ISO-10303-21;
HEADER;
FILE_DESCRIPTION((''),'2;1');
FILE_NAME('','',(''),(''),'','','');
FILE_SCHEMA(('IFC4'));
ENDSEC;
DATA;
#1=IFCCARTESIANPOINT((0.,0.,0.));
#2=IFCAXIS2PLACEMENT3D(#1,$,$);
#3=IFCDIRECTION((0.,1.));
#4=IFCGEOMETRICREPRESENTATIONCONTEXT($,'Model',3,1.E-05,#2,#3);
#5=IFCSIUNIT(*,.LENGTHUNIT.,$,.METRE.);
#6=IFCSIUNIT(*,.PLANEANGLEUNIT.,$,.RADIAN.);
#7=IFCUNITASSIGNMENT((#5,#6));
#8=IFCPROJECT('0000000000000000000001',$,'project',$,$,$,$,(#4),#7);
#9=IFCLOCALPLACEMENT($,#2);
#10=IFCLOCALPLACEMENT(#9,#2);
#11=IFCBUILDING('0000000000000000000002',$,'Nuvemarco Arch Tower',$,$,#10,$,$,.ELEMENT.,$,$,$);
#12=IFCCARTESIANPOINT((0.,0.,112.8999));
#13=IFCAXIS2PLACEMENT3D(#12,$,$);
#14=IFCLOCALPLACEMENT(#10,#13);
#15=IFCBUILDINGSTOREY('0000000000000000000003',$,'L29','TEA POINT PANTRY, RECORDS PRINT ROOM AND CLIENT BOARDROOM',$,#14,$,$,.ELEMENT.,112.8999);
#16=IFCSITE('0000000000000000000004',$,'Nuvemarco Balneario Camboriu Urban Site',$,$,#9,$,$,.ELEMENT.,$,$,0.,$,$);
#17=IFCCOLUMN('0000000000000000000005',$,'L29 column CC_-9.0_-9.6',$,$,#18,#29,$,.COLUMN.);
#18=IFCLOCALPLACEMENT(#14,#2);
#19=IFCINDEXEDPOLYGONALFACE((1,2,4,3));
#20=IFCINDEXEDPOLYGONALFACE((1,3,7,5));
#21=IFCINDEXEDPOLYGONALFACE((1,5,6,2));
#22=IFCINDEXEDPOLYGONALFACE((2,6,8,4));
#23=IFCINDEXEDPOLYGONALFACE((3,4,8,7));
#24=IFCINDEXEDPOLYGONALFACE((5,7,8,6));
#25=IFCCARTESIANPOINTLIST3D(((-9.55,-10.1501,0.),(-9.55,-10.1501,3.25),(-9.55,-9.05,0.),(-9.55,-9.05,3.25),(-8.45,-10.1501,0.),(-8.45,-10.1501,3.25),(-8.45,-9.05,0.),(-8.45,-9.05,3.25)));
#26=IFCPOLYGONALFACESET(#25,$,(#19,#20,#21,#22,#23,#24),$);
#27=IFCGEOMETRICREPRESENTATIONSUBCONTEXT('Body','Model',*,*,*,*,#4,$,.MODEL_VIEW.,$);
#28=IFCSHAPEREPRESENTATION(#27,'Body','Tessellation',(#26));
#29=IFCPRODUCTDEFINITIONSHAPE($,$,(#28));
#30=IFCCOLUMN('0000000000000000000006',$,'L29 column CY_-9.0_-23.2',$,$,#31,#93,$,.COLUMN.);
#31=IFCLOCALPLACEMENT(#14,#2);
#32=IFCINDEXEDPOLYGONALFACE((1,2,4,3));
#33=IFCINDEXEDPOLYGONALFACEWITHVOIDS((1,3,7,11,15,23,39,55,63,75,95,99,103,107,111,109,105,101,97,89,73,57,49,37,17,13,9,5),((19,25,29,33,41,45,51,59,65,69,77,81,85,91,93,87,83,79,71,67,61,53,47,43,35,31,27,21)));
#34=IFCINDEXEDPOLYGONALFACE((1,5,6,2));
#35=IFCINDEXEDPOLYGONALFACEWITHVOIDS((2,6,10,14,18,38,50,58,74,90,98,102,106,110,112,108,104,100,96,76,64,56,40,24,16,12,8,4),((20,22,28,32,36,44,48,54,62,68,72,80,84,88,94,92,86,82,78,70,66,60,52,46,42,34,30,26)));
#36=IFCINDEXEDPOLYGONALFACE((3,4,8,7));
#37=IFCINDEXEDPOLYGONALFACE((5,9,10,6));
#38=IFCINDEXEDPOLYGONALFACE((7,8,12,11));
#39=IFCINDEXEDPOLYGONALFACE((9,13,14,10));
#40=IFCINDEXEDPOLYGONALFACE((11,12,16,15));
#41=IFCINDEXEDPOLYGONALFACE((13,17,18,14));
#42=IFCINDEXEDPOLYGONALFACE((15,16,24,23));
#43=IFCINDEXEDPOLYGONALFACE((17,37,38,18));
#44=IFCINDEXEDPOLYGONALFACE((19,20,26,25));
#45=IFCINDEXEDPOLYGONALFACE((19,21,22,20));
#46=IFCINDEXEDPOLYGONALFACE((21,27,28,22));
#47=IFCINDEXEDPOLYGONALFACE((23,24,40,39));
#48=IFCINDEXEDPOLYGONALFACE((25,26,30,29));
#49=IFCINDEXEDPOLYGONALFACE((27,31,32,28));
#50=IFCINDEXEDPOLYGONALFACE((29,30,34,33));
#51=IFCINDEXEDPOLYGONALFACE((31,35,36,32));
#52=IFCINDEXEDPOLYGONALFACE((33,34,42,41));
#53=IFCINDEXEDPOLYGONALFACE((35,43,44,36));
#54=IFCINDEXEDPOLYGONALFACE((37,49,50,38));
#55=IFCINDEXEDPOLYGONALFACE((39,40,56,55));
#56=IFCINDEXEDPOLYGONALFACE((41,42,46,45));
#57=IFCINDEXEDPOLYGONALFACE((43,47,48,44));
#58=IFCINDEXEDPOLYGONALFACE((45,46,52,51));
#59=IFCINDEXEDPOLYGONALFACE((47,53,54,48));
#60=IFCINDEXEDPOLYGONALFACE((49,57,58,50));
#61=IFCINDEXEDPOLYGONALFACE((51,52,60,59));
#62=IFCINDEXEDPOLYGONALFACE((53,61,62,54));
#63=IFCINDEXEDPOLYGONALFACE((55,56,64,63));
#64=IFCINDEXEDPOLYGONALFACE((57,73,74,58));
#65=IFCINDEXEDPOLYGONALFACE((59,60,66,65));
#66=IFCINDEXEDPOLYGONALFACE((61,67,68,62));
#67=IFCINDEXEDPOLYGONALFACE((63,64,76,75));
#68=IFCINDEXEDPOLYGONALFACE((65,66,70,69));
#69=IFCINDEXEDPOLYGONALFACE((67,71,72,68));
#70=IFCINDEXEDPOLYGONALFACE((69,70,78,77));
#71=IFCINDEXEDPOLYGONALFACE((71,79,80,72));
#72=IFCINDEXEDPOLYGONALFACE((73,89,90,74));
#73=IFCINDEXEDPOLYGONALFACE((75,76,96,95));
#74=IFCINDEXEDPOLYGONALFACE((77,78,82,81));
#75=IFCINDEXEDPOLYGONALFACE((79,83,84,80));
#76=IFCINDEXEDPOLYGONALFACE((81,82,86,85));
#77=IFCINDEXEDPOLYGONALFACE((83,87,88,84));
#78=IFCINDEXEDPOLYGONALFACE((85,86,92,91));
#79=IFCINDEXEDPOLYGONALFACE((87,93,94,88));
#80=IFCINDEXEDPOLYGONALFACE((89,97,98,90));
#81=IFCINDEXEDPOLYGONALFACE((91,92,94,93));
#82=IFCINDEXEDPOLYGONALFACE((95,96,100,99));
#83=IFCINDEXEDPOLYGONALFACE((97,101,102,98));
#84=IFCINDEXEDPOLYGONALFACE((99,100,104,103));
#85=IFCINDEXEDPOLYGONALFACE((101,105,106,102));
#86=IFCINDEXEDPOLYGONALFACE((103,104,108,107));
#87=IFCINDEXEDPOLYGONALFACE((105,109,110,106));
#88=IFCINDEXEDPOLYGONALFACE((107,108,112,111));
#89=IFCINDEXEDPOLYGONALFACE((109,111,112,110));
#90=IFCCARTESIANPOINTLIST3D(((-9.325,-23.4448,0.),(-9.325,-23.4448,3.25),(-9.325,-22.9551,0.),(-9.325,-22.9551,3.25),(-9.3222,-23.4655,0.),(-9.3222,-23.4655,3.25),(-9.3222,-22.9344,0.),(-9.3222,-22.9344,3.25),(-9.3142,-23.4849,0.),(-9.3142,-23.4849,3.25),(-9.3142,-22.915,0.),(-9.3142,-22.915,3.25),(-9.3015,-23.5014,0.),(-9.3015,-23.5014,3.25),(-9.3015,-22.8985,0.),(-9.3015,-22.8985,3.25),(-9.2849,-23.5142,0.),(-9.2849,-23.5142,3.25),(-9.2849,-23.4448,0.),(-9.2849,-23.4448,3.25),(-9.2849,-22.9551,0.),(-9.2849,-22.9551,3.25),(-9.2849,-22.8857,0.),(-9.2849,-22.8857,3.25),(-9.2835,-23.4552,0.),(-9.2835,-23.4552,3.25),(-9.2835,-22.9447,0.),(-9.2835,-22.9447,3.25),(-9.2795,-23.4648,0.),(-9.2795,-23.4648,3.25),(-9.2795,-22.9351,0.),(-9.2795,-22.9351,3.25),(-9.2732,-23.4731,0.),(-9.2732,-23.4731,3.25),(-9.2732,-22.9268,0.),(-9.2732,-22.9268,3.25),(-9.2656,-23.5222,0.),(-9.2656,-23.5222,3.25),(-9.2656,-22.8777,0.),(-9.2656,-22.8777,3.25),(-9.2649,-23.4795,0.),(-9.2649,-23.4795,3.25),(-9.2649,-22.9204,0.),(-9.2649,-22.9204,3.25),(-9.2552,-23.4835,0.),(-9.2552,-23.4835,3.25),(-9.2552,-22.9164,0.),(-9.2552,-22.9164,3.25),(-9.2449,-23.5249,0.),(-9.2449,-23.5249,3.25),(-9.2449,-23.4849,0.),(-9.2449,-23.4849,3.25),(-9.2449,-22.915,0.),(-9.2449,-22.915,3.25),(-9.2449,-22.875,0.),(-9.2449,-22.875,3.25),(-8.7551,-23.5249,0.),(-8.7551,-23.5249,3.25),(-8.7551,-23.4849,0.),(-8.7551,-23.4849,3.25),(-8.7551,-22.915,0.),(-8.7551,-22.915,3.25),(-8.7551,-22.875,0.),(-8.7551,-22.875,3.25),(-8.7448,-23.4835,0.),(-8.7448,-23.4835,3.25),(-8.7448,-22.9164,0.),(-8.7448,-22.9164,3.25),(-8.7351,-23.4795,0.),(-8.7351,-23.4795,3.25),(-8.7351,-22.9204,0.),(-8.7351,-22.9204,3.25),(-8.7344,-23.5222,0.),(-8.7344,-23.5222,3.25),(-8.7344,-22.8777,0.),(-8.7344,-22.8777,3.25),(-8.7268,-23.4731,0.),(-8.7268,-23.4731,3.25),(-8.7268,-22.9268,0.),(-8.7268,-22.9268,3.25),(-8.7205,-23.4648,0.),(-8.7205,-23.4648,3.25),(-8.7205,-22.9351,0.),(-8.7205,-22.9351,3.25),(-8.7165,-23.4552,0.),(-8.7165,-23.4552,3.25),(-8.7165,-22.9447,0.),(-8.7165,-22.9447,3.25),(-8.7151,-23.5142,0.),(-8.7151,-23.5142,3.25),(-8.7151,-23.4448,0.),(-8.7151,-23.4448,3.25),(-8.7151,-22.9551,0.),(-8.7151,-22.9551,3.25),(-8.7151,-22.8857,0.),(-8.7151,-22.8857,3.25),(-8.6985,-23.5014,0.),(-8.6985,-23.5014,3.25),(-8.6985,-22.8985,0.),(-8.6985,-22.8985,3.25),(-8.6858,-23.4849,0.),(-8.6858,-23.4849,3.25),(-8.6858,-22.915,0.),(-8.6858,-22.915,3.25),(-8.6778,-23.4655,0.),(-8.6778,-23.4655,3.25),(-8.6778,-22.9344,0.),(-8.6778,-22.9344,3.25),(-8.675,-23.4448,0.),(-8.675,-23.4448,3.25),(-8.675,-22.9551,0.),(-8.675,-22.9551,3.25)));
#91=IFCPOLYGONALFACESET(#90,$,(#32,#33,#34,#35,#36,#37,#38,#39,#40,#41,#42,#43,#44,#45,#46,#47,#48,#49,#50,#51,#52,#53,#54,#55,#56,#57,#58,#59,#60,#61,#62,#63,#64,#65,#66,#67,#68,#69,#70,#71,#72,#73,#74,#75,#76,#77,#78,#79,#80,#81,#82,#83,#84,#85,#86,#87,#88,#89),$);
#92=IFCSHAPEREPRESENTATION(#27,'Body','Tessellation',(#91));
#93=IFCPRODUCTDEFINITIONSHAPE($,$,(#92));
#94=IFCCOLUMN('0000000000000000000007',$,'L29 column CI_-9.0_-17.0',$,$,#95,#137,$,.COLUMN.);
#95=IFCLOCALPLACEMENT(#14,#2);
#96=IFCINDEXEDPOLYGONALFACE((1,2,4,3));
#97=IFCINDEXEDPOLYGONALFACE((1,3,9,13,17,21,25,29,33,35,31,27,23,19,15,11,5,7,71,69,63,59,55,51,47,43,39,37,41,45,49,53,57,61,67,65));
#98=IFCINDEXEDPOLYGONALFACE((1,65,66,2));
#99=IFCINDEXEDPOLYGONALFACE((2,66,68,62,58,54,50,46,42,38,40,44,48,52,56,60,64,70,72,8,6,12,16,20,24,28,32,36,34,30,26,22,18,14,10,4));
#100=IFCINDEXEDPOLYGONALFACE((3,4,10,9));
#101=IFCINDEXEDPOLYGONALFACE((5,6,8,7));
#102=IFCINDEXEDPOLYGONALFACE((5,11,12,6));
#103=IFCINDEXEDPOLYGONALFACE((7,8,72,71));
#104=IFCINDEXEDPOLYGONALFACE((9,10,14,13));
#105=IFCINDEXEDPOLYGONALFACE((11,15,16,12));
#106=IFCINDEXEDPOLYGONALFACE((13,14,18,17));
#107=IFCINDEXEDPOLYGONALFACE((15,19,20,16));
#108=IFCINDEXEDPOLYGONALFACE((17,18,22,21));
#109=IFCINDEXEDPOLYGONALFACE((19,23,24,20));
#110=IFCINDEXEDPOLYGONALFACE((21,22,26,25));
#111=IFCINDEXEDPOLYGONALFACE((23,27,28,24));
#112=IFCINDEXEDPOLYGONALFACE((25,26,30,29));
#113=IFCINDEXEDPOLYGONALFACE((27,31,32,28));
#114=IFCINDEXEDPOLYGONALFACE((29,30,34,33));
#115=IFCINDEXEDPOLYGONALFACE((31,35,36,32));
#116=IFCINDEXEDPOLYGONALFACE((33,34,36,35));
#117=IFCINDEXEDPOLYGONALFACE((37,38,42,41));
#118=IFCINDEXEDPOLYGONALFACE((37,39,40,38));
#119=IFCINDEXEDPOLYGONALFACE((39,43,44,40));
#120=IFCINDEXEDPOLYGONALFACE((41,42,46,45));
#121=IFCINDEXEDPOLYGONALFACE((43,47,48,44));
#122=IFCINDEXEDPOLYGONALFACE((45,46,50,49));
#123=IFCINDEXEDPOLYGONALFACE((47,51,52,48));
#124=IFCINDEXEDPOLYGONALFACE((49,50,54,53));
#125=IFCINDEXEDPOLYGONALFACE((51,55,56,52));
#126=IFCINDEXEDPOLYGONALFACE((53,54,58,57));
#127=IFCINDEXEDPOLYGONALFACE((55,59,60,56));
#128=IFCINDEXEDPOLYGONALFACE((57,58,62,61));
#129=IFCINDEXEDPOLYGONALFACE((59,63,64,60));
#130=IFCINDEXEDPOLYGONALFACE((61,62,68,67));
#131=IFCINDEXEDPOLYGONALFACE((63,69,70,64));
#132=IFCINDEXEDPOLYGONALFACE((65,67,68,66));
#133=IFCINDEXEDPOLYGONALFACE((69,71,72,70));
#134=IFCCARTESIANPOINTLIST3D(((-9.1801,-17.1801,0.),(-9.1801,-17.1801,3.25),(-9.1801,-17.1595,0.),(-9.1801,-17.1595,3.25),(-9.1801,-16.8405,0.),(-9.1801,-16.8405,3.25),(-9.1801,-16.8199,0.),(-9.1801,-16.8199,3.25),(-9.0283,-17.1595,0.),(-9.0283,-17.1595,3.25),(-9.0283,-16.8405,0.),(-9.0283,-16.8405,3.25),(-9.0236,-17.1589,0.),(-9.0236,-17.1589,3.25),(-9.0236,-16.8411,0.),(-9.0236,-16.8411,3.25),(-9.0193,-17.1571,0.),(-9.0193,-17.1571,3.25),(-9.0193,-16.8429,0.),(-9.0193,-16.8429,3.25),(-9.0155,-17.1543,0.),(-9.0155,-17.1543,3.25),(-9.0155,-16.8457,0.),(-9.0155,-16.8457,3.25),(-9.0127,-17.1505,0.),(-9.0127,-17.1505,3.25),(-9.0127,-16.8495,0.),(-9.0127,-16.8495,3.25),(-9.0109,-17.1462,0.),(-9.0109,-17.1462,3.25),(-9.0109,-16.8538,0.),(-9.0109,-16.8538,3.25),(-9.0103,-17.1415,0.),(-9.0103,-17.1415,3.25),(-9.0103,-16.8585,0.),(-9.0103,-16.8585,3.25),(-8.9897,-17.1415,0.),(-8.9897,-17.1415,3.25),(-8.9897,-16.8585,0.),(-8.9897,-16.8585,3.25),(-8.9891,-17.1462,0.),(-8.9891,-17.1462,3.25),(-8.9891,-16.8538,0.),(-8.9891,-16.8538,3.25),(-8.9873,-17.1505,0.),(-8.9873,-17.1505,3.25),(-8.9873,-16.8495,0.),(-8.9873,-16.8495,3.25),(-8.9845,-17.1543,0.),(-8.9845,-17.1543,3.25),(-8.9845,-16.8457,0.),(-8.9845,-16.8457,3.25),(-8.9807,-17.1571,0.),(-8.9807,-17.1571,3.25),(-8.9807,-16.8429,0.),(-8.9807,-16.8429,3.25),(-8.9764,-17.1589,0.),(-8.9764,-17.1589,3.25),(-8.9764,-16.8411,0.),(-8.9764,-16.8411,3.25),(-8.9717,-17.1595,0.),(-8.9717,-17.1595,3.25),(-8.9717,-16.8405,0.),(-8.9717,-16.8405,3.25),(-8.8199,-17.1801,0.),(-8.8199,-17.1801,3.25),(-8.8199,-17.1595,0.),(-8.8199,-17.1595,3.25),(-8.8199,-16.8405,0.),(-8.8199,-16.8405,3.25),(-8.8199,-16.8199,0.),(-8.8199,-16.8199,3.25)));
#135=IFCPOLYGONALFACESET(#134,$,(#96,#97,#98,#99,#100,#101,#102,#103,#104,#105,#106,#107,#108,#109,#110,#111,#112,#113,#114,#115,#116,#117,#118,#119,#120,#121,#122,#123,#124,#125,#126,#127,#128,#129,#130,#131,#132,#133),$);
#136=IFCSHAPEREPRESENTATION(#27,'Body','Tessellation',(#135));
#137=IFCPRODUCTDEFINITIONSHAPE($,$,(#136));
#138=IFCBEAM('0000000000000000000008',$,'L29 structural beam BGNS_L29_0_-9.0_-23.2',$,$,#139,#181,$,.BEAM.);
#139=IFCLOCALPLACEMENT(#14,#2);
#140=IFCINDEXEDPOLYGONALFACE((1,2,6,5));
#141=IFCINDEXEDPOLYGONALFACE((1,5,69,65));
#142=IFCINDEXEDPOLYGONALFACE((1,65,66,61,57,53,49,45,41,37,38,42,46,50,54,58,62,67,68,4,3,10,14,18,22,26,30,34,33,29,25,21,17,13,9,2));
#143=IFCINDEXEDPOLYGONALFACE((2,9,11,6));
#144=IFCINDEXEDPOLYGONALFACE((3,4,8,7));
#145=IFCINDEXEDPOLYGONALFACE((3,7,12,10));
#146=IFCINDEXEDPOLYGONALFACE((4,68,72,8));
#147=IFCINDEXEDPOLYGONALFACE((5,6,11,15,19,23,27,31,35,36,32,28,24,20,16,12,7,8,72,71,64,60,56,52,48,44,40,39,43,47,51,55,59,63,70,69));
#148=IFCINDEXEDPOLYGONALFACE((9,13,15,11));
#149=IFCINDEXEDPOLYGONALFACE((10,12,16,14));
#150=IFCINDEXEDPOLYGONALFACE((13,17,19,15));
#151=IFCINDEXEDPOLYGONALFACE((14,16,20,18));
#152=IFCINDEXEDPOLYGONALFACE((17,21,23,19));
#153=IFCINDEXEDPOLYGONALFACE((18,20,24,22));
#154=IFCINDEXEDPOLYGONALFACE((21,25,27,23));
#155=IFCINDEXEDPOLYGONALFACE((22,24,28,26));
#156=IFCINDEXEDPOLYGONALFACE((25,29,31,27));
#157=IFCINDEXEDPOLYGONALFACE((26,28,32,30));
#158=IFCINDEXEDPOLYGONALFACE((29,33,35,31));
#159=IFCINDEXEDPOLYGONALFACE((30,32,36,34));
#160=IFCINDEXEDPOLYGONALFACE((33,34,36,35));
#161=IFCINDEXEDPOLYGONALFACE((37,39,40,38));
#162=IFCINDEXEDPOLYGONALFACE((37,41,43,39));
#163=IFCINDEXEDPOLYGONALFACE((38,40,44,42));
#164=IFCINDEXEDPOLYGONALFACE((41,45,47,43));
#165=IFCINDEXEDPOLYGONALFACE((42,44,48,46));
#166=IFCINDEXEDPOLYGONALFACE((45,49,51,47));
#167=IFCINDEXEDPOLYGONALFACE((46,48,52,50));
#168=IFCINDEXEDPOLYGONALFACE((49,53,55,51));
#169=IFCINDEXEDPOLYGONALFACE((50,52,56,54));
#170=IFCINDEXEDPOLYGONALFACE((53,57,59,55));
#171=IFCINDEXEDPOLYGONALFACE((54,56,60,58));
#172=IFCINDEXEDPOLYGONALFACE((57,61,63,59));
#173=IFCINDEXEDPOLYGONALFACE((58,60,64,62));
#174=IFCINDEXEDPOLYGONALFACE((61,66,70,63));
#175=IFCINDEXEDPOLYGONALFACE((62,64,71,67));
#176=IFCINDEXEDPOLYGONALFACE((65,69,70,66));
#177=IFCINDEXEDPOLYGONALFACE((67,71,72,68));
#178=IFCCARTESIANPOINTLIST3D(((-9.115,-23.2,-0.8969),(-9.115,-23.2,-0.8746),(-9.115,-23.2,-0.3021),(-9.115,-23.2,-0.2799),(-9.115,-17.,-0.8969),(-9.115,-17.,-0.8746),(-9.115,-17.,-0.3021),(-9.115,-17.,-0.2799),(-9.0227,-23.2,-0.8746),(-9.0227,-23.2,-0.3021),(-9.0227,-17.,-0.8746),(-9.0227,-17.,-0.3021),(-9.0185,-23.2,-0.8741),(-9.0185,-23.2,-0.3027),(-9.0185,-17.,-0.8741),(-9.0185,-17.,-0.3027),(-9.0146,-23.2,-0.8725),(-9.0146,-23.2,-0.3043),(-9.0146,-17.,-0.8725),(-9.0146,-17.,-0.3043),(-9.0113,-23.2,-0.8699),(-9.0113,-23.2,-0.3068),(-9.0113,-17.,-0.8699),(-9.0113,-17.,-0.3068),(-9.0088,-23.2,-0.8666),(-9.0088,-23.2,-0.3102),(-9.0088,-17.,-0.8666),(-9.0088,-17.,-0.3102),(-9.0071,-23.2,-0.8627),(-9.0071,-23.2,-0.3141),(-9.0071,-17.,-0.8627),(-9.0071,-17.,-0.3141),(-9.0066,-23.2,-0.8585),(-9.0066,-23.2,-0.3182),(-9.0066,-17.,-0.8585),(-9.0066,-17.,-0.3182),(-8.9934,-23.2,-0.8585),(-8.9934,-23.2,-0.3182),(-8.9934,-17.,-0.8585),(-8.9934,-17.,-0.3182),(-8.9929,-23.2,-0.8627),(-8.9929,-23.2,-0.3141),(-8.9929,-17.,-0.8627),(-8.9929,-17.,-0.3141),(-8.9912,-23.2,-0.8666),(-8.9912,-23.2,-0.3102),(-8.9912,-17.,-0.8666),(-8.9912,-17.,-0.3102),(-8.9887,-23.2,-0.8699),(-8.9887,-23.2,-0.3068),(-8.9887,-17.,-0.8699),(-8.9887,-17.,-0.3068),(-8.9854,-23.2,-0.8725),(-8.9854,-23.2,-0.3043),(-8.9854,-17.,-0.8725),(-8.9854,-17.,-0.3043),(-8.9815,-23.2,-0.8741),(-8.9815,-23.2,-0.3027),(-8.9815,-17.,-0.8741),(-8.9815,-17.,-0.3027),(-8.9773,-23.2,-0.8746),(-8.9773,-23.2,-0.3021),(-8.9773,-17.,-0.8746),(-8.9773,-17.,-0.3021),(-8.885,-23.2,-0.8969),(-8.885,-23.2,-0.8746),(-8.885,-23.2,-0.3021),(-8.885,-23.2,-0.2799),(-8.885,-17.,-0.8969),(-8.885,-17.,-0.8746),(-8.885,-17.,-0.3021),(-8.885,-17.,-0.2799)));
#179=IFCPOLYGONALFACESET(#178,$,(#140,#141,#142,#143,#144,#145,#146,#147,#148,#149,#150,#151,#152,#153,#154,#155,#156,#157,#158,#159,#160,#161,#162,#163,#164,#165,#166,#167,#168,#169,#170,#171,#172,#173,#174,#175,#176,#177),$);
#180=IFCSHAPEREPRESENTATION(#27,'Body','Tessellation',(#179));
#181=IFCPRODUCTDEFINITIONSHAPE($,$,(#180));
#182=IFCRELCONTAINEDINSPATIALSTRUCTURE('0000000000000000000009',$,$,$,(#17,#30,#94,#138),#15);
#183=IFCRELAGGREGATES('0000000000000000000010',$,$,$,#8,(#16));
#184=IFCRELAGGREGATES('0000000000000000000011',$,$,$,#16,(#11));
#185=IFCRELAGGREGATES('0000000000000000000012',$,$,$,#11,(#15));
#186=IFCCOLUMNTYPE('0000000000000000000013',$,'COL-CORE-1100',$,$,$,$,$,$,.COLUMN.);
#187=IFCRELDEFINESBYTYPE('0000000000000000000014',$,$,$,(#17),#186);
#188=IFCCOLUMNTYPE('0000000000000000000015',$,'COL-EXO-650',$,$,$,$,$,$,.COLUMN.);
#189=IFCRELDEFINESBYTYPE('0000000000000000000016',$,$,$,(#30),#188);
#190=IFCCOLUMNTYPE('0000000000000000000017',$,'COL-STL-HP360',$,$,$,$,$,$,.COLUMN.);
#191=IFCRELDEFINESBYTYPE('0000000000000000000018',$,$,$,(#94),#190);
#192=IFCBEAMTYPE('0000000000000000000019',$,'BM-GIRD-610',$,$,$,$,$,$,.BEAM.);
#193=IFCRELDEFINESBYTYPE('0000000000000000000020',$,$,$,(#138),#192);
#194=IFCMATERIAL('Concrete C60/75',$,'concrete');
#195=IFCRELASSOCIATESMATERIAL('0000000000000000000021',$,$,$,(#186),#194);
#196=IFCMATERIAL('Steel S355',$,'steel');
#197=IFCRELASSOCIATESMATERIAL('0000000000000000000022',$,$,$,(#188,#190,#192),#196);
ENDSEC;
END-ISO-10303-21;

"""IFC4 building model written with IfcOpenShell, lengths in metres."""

from ifc_helpers import new_model, si_unit, direction, frame, origin, origin_2d, place, context, subcontext, project, spatial, rectangle, hollow_rectangle, i_section, extrude, material, material_profile, profile_set, type_object, element, save


model = new_model("IFC4")

# Units and contexts
model_context = context("Model", 3, precision=1e-05, world=origin(), true_north=direction((0.0, 1.0)))
body_context = subcontext(model_context, "Body", "Model", "MODEL_VIEW")
ifc_project = project(units=[si_unit("LENGTHUNIT", "METRE"), si_unit("PLANEANGLEUNIT", "RADIAN")], contexts=[model_context])

# Site, building, storey
site_placement = place(None, origin())
site = spatial("IfcSite", under=ifc_project, at=site_placement, Name="Nuvemarco Balneario Camboriu Urban Site", CompositionType="ELEMENT", RefElevation=0.0)
building_placement = place(site_placement, origin())
building = spatial("IfcBuilding", under=site, at=building_placement, Name="Nuvemarco Arch Tower", CompositionType="ELEMENT")
storey_placement = place(building_placement, frame((0.0, 0.0, 112.8999)))
storey = spatial("IfcBuildingStorey", under=building, at=storey_placement, Name="L29", Description="TEA POINT PANTRY, RECORDS PRINT ROOM AND CLIENT BOARDROOM", CompositionType="ELEMENT", Elevation=112.8999)

# Columns
ifc_material_1 = material(Name="Concrete C60/75", Category="concrete")
ifc_material_profile_1 = material_profile(ifc_material_1, rectangle(XDim=1.1001, YDim=1.1001, at=origin_2d()), Name="RC-COL-1100x1100")
ifc_profile_set_1 = profile_set([ifc_material_profile_1], Name="Concrete C60/75")
column_type_1 = type_object("IfcColumnType", Name="COL-CORE-1100", PredefinedType="COLUMN", material=ifc_profile_set_1)
column_1_placement = place(storey_placement, frame((-9.0, -9.6001, 0.0), z_axis=(0.0, 0.0, 1.0), x_axis=(1.0, 0.0, 0.0)))
element("IfcColumn", 1, at=column_1_placement, inside=storey, type_object=column_type_1, Name="L29 column CC_-9.0_-9.6", PredefinedType="COLUMN", context=body_context, shape_type="SweptSolid", body=[
    extrude(rectangle(XDim=1.1001, YDim=1.1001, at=origin_2d()), origin(), (0.0, 0.0, 1.0), 3.25),
])
ifc_material_2 = material(Name="Steel S355", Category="steel")
ifc_material_profile_2 = material_profile(ifc_material_2, hollow_rectangle(XDim=0.6499, YDim=0.6499, WallThickness=0.04, InnerFilletRadius=0.04, OuterFilletRadius=0.0801, at=origin_2d()), Name="SHS650x650x40")
ifc_profile_set_2 = profile_set([ifc_material_profile_2], Name="Steel S355")
column_type_2 = type_object("IfcColumnType", Name="COL-EXO-650", PredefinedType="COLUMN", material=ifc_profile_set_2)
column_2_placement = place(storey_placement, frame((-9.0, -23.2, 0.0), z_axis=(0.0, 0.0, 1.0), x_axis=(1.0, 0.0, 0.0)))
element("IfcColumn", 2, at=column_2_placement, inside=storey, type_object=column_type_2, Name="L29 column CY_-9.0_-23.2", PredefinedType="COLUMN", context=body_context, shape_type="SweptSolid", body=[
    extrude(hollow_rectangle(XDim=0.6499, YDim=0.6499, WallThickness=0.04, InnerFilletRadius=0.04, OuterFilletRadius=0.0801, at=origin_2d()), origin(), (0.0, 0.0, 1.0), 3.25),
])
ifc_material_profile_3 = material_profile(ifc_material_2, i_section(OverallWidth=0.3601, OverallDepth=0.3601, WebThickness=0.0205, FlangeThickness=0.0205, FilletRadius=0.0181, at=origin_2d()), Name="HP360x174")
ifc_profile_set_3 = profile_set([ifc_material_profile_3], Name="Steel S355")
column_type_3 = type_object("IfcColumnType", Name="COL-STL-HP360", PredefinedType="COLUMN", material=ifc_profile_set_3)
column_3_placement = place(storey_placement, frame((-9.0, -17.0, 0.0), z_axis=(0.0, 0.0, 1.0), x_axis=(1.0, 0.0, 0.0)))
element("IfcColumn", 3, at=column_3_placement, inside=storey, type_object=column_type_3, Name="L29 column CI_-9.0_-17.0", PredefinedType="COLUMN", context=body_context, shape_type="SweptSolid", body=[
    extrude(i_section(OverallWidth=0.3601, OverallDepth=0.3601, WebThickness=0.0205, FlangeThickness=0.0205, FilletRadius=0.0181, at=origin_2d()), origin(), (0.0, 0.0, 1.0), 3.25),
])

# Beam
ifc_material_profile_4 = material_profile(ifc_material_2, i_section(OverallWidth=0.23, OverallDepth=0.6169, WebThickness=0.0132, FlangeThickness=0.0222, FilletRadius=0.0161, at=origin_2d()), Name="W610x140")
ifc_profile_set_4 = profile_set([ifc_material_profile_4], Name="Steel S355")
beam_type_1 = type_object("IfcBeamType", Name="BM-GIRD-610", PredefinedType="BEAM", material=ifc_profile_set_4)
beam_1_placement = place(storey_placement, frame((-9.0, -23.2, -0.5884), z_axis=(0.0, 1.0, 0.0), x_axis=(-1.0, 0.0, 0.0)))
element("IfcBeam", 4, at=beam_1_placement, inside=storey, type_object=beam_type_1, Name="L29 structural beam BGNS_L29_0_-9.0_-23.2", PredefinedType="BEAM", context=body_context, shape_type="SweptSolid", body=[
    extrude(i_section(OverallWidth=0.23, OverallDepth=0.6169, WebThickness=0.0132, FlangeThickness=0.0222, FilletRadius=0.0161, at=origin_2d()), origin(), (0.0, 0.0, 1.0), 6.2),
])

save(model, "model.ifc")
